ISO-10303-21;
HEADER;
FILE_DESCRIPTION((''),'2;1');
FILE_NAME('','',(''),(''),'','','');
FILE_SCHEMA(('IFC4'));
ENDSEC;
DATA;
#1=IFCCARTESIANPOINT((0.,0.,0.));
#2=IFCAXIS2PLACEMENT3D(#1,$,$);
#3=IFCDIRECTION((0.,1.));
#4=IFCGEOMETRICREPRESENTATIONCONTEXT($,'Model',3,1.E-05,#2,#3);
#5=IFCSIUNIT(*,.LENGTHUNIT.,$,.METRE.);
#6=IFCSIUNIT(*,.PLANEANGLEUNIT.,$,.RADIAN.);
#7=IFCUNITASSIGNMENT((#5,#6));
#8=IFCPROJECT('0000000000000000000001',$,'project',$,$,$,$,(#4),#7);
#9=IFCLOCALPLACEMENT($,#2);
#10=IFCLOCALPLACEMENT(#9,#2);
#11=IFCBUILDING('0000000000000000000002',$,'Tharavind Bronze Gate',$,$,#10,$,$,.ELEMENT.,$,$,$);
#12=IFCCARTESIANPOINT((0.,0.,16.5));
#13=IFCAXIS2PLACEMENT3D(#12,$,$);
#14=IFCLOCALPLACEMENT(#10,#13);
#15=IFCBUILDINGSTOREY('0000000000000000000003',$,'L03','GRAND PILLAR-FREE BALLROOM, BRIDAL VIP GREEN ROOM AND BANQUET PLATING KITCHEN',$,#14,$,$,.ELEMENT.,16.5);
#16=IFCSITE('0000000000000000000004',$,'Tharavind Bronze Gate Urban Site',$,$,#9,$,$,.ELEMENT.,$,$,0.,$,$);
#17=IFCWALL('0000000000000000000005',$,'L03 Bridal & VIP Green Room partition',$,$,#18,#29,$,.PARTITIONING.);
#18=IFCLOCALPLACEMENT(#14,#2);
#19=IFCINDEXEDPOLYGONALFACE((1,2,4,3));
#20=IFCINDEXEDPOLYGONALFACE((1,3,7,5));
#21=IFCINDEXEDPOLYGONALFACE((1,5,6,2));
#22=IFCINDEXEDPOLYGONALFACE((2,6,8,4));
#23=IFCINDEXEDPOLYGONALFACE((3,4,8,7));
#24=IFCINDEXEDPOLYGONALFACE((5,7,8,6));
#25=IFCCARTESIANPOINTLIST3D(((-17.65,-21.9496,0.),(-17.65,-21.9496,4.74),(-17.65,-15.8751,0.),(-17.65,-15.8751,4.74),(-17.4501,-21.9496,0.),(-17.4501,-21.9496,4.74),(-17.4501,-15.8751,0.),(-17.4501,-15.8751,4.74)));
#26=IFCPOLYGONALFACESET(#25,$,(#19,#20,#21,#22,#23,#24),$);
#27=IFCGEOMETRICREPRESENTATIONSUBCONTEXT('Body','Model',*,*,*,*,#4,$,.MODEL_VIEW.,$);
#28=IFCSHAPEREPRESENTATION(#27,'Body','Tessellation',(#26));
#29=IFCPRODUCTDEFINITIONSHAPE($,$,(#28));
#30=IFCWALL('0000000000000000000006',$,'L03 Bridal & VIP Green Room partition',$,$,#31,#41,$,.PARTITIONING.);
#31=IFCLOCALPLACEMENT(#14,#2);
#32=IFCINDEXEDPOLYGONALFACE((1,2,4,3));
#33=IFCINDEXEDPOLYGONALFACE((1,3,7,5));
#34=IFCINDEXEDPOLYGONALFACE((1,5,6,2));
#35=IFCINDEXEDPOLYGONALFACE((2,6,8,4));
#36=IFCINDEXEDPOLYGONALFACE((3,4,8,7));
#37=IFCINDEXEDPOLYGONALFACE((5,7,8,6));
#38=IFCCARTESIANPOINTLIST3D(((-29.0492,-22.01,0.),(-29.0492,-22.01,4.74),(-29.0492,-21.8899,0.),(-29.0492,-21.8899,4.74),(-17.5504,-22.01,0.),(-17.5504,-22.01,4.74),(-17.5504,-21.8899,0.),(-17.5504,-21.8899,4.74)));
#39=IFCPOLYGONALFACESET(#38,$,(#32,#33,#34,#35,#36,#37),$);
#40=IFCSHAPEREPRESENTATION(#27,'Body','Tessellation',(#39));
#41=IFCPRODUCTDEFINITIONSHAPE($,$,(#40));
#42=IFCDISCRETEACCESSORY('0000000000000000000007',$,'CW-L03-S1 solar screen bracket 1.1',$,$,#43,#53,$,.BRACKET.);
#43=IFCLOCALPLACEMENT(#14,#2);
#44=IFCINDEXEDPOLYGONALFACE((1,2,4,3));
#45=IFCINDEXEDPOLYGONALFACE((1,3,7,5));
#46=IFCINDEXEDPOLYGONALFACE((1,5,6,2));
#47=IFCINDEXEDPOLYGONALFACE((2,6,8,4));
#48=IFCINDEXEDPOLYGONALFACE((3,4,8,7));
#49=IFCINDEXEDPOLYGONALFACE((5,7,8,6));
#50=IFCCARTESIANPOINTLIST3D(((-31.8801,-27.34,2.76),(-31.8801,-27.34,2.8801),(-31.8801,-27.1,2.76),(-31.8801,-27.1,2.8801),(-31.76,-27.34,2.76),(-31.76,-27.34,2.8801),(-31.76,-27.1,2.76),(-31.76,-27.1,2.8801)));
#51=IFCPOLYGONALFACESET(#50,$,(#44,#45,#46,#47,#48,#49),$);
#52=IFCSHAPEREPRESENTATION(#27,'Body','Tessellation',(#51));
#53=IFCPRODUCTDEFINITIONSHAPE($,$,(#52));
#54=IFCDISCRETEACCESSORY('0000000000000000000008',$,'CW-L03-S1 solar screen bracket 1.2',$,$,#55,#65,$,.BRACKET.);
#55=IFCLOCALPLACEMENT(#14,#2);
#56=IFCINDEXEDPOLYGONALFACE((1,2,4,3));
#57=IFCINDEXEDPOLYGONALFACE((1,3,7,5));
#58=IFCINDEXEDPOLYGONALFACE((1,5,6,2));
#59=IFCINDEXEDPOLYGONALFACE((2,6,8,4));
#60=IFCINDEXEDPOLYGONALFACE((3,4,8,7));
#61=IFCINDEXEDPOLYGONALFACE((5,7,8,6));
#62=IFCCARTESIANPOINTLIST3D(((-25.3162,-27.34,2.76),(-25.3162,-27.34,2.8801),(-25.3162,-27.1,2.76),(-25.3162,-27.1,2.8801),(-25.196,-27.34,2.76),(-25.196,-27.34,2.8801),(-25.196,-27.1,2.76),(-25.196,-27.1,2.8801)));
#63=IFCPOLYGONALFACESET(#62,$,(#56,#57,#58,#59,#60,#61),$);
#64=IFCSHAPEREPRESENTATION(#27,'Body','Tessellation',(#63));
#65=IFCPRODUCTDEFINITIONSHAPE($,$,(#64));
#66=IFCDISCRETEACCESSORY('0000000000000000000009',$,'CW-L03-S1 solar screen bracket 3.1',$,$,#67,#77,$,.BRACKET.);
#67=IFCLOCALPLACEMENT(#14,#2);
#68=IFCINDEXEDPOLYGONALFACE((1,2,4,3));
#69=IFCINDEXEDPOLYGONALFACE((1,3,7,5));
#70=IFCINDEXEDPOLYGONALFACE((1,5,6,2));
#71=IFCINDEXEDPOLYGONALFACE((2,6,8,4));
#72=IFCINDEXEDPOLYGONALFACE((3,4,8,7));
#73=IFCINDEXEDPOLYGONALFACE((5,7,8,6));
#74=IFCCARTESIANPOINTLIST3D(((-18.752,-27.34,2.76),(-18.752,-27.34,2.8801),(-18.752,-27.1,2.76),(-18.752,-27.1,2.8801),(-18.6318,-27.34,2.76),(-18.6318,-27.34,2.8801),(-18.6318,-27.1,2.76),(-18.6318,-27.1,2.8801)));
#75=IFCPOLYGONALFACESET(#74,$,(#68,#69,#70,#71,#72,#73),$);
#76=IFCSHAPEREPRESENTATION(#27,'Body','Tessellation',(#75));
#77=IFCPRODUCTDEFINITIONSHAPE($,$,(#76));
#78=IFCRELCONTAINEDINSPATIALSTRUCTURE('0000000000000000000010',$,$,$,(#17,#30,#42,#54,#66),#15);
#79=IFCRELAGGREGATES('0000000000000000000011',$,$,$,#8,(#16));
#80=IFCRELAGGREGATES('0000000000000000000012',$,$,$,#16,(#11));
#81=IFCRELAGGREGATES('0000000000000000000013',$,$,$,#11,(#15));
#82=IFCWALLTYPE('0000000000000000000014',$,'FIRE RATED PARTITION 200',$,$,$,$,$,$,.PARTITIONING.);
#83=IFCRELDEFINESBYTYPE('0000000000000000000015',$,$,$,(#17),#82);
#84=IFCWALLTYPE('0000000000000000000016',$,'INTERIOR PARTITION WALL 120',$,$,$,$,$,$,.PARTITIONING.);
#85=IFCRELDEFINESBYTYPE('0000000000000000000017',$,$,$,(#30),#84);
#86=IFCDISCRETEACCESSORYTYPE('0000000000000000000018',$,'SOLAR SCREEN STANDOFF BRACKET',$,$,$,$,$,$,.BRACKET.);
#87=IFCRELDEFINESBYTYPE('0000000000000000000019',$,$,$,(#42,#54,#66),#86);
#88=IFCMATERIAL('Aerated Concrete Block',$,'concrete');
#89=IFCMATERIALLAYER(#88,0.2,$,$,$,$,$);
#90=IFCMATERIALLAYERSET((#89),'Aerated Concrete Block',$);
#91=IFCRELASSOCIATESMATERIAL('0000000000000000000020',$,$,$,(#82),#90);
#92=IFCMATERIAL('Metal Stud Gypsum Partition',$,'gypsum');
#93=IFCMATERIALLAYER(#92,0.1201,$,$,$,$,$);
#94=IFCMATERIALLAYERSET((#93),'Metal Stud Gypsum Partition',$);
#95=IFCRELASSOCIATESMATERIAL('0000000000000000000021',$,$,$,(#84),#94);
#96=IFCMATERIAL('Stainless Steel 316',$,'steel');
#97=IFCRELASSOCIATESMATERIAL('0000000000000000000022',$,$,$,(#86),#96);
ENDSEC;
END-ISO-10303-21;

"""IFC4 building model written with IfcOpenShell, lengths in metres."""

from ifc_helpers import new_model, si_unit, direction, frame, frame_2d, origin, origin_2d, place, context, subcontext, project, spatial, rectangle, extrude, material, layer, layer_set, type_object, element, save


model = new_model("IFC4")

# Units and contexts
model_context = context("Model", 3, precision=1e-05, world=origin(), true_north=direction((0.0, 1.0)))
body_context = subcontext(model_context, "Body", "Model", "MODEL_VIEW")
ifc_project = project(units=[si_unit("LENGTHUNIT", "METRE"), si_unit("PLANEANGLEUNIT", "RADIAN")], contexts=[model_context])

# Site, building, storey
site_placement = place(None, origin())
site = spatial("IfcSite", under=ifc_project, at=site_placement, Name="Tharavind Bronze Gate Urban Site", CompositionType="ELEMENT", RefElevation=0.0)
building_placement = place(site_placement, origin())
building = spatial("IfcBuilding", under=site, at=building_placement, Name="Tharavind Bronze Gate", CompositionType="ELEMENT")
storey_placement = place(building_placement, frame((0.0, 0.0, 16.5)))
storey = spatial("IfcBuildingStorey", under=building, at=storey_placement, Name="L03", Description="GRAND PILLAR-FREE BALLROOM, BRIDAL VIP GREEN ROOM AND BANQUET PLATING KITCHEN", CompositionType="ELEMENT", Elevation=16.5)

# Walls
ifc_material_1 = material(Name="Aerated Concrete Block", Category="concrete")
ifc_layer_1 = layer(ifc_material_1, 0.2)
ifc_layer_set_1 = layer_set([ifc_layer_1], Name="Aerated Concrete Block")
wall_type_1 = type_object("IfcWallType", Name="FIRE RATED PARTITION 200", PredefinedType="PARTITIONING", material=ifc_layer_set_1)
wall_1_placement = place(storey_placement, frame((-17.55, -21.9495, 0.0), z_axis=(0.0, 0.0, 1.0), x_axis=(0.0, 1.0, 0.0)))
element("IfcWall", 1, at=wall_1_placement, inside=storey, type_object=wall_type_1, Name="L03 Bridal & VIP Green Room partition", PredefinedType="PARTITIONING", context=body_context, shape_type="SweptSolid", body=[
    extrude(rectangle(XDim=6.0745, YDim=0.2, at=frame_2d((3.0371, 0.0))), origin(), (0.0, 0.0, 1.0), 4.74),
])
ifc_material_2 = material(Name="Metal Stud Gypsum Partition", Category="gypsum")
ifc_layer_2 = layer(ifc_material_2, 0.1201)
ifc_layer_set_2 = layer_set([ifc_layer_2], Name="Metal Stud Gypsum Partition")
wall_type_2 = type_object("IfcWallType", Name="INTERIOR PARTITION WALL 120", PredefinedType="PARTITIONING", material=ifc_layer_set_2)
wall_2_placement = place(storey_placement, frame((-29.0493, -21.95, 0.0), z_axis=(0.0, 0.0, 1.0), x_axis=(1.0, 0.0, 0.0)))
element("IfcWall", 2, at=wall_2_placement, inside=storey, type_object=wall_type_2, Name="L03 Bridal & VIP Green Room partition", PredefinedType="PARTITIONING", context=body_context, shape_type="SweptSolid", body=[
    extrude(rectangle(XDim=11.4988, YDim=0.1201, at=frame_2d((5.7495, 0.0))), origin(), (0.0, 0.0, 1.0), 4.74),
])

# Discrete accessories
ifc_material_3 = material(Name="Stainless Steel 316", Category="steel")
discrete_accessory_type = type_object("IfcDiscreteAccessoryType", Name="SOLAR SCREEN STANDOFF BRACKET", PredefinedType="BRACKET", material=ifc_material_3)
for number, where, z_axis, x_axis, name in (
    (3, (-31.8201, -27.22, 2.76), (0.0, 0.0, 1.0), (1.0, 0.0, 0.0), "CW-L03-S1 solar screen bracket 1.1"),
    (4, (-25.2561, -27.22, 2.76), (0.0, 0.0, 1.0), (1.0, 0.0, 0.0), "CW-L03-S1 solar screen bracket 1.2"),
    (5, (-18.6919, -27.22, 2.76), (0.0, 0.0, 1.0), (1.0, 0.0, 0.0), "CW-L03-S1 solar screen bracket 3.1"),
):
    element("IfcDiscreteAccessory", number, at=place(storey_placement, frame(where, z_axis=z_axis, x_axis=x_axis)), inside=storey, type_object=discrete_accessory_type, Name=name, PredefinedType="BRACKET", context=body_context, shape_type="SweptSolid", body=[
        extrude(rectangle(XDim=0.1201, YDim=0.24, at=origin_2d()), origin(), (0.0, 0.0, 1.0), 0.1201),
    ])

save(model, "model.ifc")
